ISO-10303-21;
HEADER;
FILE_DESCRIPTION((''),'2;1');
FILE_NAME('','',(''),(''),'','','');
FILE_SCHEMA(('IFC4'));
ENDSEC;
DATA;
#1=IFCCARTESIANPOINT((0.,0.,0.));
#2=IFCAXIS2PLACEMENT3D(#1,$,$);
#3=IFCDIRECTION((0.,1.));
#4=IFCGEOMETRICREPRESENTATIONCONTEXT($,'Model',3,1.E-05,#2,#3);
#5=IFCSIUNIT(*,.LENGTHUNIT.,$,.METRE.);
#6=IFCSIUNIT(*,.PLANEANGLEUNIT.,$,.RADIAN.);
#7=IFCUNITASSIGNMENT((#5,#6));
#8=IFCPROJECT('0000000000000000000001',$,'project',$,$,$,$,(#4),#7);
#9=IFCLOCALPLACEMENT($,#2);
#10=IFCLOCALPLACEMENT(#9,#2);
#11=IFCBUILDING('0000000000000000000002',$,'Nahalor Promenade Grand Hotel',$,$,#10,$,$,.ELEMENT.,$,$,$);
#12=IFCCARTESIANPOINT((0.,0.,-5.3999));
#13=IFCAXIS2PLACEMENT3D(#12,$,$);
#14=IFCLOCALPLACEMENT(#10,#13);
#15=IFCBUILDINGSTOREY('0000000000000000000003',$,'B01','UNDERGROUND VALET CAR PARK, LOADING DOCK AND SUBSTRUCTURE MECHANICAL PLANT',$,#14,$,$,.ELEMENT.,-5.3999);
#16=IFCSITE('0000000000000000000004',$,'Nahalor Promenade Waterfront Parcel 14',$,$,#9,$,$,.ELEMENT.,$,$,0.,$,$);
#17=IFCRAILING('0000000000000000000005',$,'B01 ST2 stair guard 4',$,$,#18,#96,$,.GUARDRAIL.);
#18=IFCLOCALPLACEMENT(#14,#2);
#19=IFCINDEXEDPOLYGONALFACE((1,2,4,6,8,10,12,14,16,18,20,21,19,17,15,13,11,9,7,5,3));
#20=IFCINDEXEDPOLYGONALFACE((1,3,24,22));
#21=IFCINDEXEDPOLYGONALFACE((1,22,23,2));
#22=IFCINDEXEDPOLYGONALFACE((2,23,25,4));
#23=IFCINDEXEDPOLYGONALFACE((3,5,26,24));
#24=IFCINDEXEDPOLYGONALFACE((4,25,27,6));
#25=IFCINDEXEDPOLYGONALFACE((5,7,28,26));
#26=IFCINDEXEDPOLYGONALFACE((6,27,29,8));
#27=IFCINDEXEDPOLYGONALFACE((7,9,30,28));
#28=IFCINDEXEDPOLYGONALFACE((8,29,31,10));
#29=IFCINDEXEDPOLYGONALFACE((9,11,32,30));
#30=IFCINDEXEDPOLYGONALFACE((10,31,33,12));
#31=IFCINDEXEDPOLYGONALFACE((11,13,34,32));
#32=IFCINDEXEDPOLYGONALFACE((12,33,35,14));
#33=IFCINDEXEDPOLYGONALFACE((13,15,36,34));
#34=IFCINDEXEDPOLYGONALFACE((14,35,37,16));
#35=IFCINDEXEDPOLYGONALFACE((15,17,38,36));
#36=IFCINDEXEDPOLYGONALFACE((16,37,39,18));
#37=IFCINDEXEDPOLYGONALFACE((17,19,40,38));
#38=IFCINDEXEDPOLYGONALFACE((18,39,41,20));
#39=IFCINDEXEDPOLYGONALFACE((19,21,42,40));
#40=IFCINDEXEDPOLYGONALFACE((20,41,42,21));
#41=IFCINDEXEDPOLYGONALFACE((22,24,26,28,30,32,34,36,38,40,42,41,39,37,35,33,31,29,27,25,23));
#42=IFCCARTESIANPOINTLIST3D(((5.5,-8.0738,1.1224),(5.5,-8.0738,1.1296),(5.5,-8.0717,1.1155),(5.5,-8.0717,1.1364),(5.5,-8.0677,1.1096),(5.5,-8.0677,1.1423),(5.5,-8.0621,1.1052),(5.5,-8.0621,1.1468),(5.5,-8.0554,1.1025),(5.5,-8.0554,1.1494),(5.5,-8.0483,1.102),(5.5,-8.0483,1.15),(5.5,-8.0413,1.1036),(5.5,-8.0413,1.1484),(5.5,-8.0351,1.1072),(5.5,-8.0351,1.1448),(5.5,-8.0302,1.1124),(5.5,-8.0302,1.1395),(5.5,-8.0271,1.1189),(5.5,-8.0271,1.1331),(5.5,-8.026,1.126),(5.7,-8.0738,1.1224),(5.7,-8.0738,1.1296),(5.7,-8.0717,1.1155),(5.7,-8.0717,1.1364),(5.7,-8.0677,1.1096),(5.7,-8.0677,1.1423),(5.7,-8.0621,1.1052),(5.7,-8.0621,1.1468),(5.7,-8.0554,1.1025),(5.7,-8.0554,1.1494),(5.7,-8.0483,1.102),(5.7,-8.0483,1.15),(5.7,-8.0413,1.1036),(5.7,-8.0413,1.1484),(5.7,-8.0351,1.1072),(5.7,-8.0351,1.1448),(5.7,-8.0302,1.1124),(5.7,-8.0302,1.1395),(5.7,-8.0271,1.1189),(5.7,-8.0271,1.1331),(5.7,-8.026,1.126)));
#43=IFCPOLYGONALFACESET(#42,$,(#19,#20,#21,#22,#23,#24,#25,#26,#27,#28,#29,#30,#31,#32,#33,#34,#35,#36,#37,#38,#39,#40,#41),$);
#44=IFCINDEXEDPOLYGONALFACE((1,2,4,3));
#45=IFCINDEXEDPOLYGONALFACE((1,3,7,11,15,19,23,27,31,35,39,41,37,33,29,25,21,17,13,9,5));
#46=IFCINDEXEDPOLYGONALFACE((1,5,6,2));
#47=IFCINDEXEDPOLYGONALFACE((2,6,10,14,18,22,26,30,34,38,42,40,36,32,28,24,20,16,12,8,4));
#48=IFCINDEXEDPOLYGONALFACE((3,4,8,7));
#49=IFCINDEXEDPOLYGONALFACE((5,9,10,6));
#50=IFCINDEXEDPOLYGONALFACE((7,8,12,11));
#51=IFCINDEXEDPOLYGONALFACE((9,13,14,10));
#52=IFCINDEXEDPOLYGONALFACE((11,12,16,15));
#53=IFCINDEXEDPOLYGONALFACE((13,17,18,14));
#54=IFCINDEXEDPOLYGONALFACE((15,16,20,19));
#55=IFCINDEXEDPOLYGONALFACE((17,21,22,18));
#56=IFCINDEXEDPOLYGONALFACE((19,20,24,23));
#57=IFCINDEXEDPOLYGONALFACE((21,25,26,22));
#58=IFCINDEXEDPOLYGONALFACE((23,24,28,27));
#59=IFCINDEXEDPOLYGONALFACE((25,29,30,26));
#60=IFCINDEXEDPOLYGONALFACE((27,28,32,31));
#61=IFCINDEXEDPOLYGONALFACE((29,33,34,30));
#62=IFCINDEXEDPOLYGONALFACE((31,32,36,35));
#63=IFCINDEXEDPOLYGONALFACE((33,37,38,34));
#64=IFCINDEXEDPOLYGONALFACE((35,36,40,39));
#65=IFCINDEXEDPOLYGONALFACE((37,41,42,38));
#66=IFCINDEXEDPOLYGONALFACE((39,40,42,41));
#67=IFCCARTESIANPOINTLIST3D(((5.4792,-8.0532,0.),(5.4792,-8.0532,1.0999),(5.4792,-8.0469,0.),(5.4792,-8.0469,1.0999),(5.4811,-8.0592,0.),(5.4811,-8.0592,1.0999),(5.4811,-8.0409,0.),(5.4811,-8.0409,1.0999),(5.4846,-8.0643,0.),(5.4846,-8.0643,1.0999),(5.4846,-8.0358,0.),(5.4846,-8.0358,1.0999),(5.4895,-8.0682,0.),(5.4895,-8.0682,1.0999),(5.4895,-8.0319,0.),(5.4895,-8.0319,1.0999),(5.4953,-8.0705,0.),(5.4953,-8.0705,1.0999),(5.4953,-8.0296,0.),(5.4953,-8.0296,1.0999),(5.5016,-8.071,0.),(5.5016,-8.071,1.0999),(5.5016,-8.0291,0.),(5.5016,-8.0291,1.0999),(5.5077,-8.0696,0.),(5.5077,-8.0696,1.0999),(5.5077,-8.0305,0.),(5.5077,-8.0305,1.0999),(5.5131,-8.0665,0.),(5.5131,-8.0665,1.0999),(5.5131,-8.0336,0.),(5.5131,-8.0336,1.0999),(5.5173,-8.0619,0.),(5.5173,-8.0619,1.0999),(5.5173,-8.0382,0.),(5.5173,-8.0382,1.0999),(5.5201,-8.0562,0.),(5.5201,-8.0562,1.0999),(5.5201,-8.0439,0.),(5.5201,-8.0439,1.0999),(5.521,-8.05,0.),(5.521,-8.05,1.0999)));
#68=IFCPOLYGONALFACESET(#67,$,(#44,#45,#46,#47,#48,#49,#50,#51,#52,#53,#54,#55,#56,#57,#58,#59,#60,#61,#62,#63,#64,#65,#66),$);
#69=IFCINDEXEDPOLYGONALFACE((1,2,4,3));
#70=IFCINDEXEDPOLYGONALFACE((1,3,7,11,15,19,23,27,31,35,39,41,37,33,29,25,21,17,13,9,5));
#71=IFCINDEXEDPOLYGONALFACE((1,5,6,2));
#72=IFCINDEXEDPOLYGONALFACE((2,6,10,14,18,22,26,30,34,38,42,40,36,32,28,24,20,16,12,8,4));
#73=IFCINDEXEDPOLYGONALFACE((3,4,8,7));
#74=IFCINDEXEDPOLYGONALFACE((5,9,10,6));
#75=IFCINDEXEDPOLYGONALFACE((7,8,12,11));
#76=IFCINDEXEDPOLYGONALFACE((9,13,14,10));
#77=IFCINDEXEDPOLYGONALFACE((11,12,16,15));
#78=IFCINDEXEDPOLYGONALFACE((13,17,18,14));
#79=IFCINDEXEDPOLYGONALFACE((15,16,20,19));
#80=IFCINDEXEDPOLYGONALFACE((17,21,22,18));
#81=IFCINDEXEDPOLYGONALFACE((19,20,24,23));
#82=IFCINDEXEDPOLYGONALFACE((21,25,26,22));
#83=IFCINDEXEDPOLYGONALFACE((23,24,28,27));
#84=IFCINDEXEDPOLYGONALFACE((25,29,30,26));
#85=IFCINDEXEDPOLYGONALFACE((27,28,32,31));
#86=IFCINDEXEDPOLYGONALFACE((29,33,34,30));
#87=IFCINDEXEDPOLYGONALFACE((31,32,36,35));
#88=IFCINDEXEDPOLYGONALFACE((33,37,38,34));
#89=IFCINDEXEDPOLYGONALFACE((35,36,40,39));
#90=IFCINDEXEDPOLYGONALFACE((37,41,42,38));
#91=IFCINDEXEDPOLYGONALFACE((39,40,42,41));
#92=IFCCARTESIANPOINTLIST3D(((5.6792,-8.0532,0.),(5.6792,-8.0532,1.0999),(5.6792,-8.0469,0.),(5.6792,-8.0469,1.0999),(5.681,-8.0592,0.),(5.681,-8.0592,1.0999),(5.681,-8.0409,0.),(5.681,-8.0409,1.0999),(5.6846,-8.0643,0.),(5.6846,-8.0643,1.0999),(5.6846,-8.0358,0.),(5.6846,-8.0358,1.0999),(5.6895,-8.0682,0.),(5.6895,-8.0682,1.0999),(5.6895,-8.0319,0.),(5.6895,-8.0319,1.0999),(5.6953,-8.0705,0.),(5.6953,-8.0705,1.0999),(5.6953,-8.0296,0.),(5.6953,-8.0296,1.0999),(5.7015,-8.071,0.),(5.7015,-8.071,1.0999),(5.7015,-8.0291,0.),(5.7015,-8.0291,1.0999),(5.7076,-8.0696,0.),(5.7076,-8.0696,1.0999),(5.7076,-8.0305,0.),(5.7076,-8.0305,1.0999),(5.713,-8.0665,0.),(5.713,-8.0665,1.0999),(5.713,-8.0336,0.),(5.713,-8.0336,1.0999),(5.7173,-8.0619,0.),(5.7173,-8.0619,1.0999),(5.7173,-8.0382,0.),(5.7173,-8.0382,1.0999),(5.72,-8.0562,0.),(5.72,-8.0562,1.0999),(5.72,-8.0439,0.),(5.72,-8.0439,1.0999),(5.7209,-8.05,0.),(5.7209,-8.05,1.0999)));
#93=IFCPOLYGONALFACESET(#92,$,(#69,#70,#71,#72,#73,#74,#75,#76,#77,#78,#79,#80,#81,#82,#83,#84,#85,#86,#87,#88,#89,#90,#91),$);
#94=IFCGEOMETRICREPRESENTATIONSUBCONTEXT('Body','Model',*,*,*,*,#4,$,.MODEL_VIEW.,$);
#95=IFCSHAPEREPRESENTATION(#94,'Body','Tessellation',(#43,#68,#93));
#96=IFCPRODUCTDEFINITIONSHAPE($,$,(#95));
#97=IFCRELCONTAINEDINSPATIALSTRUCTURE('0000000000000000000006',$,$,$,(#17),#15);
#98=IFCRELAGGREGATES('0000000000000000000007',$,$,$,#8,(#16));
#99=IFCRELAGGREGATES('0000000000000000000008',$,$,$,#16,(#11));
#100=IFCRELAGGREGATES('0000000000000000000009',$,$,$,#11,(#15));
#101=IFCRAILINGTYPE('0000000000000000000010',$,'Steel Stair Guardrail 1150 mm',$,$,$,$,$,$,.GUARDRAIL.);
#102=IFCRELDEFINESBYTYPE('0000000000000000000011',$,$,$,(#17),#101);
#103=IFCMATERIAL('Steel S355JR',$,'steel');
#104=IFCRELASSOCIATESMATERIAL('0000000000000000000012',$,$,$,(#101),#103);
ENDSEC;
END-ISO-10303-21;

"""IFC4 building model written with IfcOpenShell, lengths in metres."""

from ifc_helpers import new_model, si_unit, direction, frame, origin, origin_2d, place, context, subcontext, project, spatial, circle, extrude, material, type_object, element, save


model = new_model("IFC4")

# Units and contexts
model_context = context("Model", 3, precision=1e-05, world=origin(), true_north=direction((0.0, 1.0)))
body_context = subcontext(model_context, "Body", "Model", "MODEL_VIEW")
ifc_project = project(units=[si_unit("LENGTHUNIT", "METRE"), si_unit("PLANEANGLEUNIT", "RADIAN")], contexts=[model_context])

# Site, building, storey
site_placement = place(None, origin())
site = spatial("IfcSite", under=ifc_project, at=site_placement, Name="Nahalor Promenade Waterfront Parcel 14", CompositionType="ELEMENT", RefElevation=0.0)
building_placement = place(site_placement, origin())
building = spatial("IfcBuilding", under=site, at=building_placement, Name="Nahalor Promenade Grand Hotel", CompositionType="ELEMENT")
storey_placement = place(building_placement, frame((0.0, 0.0, -5.3999)))
storey = spatial("IfcBuildingStorey", under=building, at=storey_placement, Name="B01", Description="UNDERGROUND VALET CAR PARK, LOADING DOCK AND SUBSTRUCTURE MECHANICAL PLANT", CompositionType="ELEMENT", Elevation=-5.3999)

# Shared definitions
ifc_material_1 = material(Name="Steel S355JR", Category="steel")

# Railing
railing_type_1 = type_object("IfcRailingType", Name="Steel Stair Guardrail 1150 mm", PredefinedType="GUARDRAIL", material=ifc_material_1)
railing_1_placement = place(storey_placement, frame((5.5, -8.05, 0.0)))
element("IfcRailing", 1, at=railing_1_placement, inside=storey, type_object=railing_type_1, Name="B01 ST2 stair guard 4", PredefinedType="GUARDRAIL", context=body_context, shape_type="SweptSolid", body=[
    extrude(circle(Radius=0.024, at=origin_2d()), frame((0.0, 0.0, 1.126), z_axis=(1.0, 0.0, 0.0), x_axis=(0.0, 1.0, 0.0)), (0.0, 0.0, 1.0), 0.2),
    extrude(circle(Radius=0.021, at=origin_2d()), origin(), (0.0, 0.0, 1.0), 1.0999),
    extrude(circle(Radius=0.021, at=origin_2d()), frame((0.2, 0.0, 0.0)), (0.0, 0.0, 1.0), 1.0999),
])

save(model, "model.ifc")
